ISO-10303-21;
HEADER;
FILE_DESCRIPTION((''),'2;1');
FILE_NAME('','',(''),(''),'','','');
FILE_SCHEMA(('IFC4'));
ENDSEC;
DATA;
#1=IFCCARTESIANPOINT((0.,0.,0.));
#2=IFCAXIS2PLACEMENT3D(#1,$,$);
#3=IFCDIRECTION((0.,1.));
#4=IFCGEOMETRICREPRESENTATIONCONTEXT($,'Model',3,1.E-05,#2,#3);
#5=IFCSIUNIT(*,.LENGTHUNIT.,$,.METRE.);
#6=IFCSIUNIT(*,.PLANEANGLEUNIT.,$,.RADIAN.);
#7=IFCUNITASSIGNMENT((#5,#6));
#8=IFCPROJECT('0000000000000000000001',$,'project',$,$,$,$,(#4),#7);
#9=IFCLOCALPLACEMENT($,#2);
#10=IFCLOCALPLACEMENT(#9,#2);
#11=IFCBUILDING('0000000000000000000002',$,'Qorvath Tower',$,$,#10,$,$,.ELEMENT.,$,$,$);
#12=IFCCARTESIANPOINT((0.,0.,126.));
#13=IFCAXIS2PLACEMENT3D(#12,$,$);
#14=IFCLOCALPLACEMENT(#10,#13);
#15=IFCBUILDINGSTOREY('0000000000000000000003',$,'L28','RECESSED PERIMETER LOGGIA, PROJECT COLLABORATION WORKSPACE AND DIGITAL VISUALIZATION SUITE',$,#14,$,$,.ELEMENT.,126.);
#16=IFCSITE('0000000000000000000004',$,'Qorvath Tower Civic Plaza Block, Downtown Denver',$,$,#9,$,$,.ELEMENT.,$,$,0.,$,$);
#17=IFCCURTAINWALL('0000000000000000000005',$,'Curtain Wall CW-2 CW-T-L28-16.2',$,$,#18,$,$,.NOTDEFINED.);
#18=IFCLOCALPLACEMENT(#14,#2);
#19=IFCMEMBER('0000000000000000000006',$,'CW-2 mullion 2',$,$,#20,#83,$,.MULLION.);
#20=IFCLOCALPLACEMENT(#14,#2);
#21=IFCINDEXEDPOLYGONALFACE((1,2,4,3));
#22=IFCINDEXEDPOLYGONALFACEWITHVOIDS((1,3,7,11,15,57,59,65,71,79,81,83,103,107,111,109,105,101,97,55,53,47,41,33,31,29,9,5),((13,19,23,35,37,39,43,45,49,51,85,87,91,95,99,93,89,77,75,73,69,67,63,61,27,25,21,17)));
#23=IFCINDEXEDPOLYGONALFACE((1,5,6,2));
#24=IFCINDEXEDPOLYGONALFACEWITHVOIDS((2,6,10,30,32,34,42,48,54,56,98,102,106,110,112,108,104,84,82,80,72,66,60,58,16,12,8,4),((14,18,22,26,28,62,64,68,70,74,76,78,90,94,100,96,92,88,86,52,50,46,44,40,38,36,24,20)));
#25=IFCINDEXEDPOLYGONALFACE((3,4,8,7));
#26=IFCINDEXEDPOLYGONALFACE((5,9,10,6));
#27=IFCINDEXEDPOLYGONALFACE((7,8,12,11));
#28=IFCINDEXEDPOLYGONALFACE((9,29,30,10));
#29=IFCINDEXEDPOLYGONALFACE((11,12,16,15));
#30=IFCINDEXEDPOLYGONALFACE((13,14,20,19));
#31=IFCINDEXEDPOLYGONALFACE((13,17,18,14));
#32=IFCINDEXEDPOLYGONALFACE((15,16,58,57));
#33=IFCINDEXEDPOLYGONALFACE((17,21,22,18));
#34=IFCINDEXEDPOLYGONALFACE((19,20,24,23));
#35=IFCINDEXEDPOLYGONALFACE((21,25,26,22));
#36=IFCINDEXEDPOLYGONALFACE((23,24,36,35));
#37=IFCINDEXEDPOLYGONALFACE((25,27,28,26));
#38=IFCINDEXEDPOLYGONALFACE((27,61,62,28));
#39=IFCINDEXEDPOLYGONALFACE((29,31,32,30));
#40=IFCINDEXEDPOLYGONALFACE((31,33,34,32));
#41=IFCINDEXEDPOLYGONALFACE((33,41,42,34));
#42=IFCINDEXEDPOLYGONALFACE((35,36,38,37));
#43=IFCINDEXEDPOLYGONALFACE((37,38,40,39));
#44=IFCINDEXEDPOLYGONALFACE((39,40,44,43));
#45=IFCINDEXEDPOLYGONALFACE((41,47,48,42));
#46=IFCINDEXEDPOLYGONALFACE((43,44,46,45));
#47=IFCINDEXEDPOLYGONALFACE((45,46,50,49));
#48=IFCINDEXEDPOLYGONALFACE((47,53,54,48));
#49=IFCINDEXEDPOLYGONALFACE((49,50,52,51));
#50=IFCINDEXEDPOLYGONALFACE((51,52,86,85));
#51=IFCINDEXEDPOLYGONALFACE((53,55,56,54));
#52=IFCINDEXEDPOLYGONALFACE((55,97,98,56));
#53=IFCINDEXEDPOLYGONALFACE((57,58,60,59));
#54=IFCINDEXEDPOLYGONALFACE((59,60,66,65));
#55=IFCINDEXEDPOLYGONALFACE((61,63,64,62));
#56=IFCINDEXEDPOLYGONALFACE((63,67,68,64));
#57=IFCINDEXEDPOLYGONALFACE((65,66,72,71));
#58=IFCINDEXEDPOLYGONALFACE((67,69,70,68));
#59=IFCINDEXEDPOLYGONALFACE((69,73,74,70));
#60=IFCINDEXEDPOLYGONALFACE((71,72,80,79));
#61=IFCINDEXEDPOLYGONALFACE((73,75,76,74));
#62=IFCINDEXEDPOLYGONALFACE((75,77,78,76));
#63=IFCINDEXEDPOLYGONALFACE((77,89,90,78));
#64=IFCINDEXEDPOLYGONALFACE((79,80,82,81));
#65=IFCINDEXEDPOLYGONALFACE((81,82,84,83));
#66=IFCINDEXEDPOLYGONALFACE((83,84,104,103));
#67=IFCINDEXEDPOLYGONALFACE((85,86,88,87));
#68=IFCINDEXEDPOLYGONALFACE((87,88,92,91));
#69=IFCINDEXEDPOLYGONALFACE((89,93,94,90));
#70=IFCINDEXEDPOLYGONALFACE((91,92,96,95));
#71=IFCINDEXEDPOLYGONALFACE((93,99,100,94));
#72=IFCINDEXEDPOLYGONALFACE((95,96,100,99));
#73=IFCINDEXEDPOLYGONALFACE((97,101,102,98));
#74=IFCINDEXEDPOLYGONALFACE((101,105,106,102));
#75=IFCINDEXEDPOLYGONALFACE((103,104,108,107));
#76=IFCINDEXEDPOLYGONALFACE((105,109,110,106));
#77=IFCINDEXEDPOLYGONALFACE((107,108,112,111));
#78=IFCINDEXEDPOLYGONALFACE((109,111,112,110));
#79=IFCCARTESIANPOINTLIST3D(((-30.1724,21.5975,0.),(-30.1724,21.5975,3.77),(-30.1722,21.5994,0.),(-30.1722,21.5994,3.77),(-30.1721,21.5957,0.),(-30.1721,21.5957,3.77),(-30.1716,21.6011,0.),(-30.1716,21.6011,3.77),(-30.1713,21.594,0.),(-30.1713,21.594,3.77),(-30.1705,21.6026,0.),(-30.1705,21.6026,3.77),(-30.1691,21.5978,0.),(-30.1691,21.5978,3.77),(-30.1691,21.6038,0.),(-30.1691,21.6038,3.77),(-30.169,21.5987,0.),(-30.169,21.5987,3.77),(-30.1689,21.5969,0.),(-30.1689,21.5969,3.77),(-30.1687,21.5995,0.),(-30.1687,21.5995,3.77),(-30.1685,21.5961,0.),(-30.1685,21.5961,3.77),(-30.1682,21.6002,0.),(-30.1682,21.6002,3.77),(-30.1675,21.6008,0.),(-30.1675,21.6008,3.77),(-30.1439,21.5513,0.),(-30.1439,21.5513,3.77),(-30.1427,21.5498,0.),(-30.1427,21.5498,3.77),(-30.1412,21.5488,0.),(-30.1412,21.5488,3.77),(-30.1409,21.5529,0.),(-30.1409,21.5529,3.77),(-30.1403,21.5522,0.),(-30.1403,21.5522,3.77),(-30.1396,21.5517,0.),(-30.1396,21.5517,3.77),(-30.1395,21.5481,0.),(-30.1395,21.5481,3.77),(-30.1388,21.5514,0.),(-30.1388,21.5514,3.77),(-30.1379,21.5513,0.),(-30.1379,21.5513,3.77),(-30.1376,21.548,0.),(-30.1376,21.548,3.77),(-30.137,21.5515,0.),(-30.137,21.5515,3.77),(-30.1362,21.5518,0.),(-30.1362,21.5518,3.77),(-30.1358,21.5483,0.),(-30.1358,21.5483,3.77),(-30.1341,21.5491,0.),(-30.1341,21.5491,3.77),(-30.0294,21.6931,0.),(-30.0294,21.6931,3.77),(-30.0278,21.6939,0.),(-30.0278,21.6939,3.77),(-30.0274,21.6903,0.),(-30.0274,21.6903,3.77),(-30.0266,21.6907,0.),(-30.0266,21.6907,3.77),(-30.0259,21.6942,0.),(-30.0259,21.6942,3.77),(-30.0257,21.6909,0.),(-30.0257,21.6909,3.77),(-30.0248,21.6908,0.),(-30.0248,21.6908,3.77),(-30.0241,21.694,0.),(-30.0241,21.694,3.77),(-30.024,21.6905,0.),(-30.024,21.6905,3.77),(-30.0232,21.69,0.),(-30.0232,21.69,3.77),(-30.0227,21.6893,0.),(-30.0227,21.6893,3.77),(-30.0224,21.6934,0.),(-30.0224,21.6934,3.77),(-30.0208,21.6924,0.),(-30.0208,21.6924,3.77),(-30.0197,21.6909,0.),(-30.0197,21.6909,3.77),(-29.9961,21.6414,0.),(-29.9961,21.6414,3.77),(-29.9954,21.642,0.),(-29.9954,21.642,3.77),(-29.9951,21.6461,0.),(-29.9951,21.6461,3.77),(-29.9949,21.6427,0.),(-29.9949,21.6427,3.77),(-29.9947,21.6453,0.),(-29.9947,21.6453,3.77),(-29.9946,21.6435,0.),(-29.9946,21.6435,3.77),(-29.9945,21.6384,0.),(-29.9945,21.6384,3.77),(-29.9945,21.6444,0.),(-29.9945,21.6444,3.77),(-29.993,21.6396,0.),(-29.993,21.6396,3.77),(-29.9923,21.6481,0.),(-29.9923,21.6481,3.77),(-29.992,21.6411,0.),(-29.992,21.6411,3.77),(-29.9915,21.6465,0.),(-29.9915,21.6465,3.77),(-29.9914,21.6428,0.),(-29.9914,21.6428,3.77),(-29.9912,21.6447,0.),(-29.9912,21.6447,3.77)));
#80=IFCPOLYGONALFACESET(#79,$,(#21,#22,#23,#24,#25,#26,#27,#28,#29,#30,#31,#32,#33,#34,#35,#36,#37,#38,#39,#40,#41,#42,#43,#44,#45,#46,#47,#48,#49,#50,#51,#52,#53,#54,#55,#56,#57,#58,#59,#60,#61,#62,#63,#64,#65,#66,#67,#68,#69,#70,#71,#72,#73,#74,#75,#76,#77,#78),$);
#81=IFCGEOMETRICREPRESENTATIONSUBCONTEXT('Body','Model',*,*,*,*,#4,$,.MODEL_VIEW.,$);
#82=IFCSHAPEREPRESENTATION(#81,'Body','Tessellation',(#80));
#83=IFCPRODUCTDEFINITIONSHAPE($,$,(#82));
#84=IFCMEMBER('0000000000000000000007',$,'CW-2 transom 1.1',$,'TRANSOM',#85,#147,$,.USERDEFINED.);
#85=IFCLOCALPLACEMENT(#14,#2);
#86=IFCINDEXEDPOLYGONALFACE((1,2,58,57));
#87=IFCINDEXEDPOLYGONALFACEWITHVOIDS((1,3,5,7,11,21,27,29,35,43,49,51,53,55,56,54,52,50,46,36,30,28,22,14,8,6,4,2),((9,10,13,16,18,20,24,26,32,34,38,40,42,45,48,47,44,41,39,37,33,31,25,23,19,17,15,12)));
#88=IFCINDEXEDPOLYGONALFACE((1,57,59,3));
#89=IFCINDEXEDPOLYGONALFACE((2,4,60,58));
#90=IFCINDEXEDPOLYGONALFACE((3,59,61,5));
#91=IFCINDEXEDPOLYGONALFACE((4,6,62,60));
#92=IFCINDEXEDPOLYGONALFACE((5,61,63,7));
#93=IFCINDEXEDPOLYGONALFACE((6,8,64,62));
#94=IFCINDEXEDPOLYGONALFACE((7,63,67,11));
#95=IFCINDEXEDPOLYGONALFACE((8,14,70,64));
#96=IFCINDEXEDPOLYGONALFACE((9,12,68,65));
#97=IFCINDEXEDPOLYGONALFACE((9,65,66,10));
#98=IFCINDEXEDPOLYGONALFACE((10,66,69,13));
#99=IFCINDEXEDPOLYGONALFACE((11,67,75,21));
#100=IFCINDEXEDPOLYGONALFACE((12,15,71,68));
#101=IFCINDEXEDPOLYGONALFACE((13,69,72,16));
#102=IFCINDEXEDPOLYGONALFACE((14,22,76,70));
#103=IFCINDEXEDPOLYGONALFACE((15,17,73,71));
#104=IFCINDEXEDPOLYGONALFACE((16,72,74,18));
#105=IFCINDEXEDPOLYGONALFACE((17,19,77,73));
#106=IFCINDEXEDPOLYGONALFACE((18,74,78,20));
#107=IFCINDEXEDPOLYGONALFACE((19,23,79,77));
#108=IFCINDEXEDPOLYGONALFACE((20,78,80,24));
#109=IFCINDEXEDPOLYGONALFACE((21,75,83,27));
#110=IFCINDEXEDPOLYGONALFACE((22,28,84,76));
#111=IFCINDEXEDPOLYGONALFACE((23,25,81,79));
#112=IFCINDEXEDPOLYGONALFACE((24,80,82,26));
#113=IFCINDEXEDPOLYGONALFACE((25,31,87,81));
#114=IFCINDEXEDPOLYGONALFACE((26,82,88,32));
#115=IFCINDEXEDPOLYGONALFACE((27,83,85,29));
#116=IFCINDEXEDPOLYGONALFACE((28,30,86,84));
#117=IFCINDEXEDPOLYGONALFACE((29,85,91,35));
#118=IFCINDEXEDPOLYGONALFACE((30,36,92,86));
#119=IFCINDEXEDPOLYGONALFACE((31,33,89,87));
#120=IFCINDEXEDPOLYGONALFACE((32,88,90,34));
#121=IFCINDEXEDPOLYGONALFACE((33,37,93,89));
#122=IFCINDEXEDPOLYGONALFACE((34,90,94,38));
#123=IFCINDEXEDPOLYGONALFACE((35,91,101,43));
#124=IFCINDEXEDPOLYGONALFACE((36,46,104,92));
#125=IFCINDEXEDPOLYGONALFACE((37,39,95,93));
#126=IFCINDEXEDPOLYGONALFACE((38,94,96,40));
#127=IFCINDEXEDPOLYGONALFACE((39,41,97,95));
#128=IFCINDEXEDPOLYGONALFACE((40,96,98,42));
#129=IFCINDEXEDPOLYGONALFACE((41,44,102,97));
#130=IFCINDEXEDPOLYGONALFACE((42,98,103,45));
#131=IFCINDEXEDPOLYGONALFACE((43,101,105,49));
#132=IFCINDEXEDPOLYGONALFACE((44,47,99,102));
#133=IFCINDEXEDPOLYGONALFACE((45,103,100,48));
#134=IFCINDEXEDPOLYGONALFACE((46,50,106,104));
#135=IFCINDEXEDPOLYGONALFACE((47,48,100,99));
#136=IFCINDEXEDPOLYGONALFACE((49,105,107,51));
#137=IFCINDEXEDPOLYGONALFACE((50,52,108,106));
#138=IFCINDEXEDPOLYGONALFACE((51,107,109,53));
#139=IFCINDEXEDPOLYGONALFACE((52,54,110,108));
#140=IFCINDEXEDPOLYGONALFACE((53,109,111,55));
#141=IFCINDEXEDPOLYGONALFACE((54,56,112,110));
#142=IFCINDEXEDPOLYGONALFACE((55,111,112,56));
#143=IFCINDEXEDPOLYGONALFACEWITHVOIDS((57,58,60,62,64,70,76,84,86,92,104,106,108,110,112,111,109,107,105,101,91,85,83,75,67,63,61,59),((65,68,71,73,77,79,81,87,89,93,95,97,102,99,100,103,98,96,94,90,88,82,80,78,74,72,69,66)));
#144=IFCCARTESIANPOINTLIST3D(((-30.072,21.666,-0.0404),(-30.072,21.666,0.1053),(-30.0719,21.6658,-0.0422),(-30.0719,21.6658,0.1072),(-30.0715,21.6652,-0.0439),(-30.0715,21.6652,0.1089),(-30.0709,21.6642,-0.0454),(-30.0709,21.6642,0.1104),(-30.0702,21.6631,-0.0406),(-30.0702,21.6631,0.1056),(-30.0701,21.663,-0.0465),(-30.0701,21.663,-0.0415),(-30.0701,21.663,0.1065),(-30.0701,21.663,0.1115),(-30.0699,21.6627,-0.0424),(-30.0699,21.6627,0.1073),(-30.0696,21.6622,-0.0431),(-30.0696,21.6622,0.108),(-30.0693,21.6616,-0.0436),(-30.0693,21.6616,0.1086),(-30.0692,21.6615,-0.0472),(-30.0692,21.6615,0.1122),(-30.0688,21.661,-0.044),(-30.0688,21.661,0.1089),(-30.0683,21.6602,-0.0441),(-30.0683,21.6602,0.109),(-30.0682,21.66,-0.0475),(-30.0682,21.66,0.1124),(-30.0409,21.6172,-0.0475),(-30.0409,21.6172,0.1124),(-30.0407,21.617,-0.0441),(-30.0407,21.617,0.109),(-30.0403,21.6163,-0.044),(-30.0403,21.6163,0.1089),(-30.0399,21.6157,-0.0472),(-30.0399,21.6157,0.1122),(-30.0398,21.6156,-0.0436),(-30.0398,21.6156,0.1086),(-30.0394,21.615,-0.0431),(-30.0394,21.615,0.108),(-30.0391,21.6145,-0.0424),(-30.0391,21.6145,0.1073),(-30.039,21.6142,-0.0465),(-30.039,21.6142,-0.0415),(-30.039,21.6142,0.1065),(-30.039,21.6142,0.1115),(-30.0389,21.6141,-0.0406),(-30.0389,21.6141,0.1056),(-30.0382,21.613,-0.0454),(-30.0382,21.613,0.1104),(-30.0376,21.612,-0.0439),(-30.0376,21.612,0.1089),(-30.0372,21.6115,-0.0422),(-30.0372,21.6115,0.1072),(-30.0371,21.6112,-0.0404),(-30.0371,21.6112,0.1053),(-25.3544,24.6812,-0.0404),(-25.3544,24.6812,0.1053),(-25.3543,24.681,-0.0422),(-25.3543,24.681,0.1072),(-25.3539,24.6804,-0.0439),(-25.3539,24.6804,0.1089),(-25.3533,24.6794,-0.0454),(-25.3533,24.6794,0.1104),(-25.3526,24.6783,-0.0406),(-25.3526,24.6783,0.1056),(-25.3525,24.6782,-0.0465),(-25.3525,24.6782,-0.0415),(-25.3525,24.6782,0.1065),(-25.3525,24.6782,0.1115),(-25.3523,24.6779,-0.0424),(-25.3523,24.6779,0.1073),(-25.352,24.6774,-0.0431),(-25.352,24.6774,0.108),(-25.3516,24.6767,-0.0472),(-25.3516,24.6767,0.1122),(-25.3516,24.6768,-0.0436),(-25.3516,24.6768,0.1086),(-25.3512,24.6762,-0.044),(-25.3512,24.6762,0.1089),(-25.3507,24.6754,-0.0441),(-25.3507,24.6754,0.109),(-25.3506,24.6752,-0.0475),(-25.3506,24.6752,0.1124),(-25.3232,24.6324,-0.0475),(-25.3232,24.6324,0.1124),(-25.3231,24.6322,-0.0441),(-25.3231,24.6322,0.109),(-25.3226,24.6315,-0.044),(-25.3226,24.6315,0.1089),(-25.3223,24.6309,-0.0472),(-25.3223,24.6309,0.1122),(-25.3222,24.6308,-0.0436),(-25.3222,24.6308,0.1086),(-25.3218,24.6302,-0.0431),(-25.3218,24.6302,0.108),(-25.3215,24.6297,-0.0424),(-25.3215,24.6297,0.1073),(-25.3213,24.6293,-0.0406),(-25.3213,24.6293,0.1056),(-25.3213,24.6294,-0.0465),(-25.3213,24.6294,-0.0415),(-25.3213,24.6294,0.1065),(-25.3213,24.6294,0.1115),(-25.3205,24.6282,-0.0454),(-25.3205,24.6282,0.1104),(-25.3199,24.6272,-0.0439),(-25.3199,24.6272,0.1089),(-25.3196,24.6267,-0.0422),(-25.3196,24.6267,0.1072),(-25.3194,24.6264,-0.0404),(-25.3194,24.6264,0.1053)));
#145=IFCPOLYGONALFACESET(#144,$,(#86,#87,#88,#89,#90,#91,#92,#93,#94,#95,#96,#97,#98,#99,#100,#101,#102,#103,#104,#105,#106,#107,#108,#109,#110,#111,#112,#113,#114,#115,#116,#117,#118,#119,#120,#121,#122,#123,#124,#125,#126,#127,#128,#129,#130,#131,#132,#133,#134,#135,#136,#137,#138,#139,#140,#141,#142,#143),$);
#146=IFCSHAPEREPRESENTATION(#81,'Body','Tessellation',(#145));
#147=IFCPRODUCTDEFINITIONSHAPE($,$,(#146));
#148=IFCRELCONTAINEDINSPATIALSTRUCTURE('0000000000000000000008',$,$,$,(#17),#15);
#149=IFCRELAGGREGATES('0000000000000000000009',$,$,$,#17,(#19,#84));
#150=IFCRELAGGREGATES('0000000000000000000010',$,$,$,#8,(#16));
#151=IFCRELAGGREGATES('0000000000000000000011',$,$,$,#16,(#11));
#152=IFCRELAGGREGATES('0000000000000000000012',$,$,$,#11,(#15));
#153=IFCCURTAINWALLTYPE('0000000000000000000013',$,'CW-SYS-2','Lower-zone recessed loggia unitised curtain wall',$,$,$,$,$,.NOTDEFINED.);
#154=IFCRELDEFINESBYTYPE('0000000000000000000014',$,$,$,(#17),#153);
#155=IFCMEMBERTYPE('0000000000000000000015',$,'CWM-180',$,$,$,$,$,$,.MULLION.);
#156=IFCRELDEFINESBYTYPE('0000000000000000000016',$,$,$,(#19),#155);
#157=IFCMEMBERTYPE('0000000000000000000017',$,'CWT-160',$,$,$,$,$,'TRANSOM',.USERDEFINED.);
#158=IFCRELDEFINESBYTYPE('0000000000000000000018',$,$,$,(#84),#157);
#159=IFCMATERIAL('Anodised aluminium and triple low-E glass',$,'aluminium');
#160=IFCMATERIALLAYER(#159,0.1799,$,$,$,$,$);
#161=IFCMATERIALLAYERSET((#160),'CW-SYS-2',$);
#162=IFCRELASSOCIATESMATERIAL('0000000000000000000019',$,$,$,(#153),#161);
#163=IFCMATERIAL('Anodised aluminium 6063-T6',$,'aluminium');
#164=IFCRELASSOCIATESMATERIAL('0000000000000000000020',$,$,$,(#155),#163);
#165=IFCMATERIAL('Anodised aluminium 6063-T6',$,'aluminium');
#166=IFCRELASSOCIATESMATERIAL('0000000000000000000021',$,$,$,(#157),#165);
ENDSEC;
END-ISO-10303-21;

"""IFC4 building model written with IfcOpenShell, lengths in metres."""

from ifc_helpers import new_model, si_unit, direction, frame, origin, origin_2d, place, context, subcontext, project, spatial, hollow_rectangle, extrude, material, layer, layer_set, material_profile, profile_set, type_object, element, aggregate, save


model = new_model("IFC4")

# Units and contexts
model_context = context("Model", 3, precision=1e-05, world=origin(), true_north=direction((0.0, 1.0)))
body_context = subcontext(model_context, "Body", "Model", "MODEL_VIEW")
ifc_project = project(units=[si_unit("LENGTHUNIT", "METRE"), si_unit("PLANEANGLEUNIT", "RADIAN")], contexts=[model_context])

# Site, building, storey
site_placement = place(None, origin())
site = spatial("IfcSite", under=ifc_project, at=site_placement, Name="Qorvath Tower Civic Plaza Block, Downtown Denver", CompositionType="ELEMENT", RefElevation=0.0)
building_placement = place(site_placement, origin())
building = spatial("IfcBuilding", under=site, at=building_placement, Name="Qorvath Tower", CompositionType="ELEMENT")
storey_placement = place(building_placement, frame((0.0, 0.0, 126.0)))
storey = spatial("IfcBuildingStorey", under=building, at=storey_placement, Name="L28", Description="RECESSED PERIMETER LOGGIA, PROJECT COLLABORATION WORKSPACE AND DIGITAL VISUALIZATION SUITE", CompositionType="ELEMENT", Elevation=126.0)

# Shared definitions
ifc_material_1 = material(Name="Anodised aluminium and triple low-E glass", Category="aluminium")
ifc_layer_1 = layer(ifc_material_1, 0.1799)
ifc_layer_set_1 = layer_set([ifc_layer_1], Name="CW-SYS-2")
curtain_wall_type = type_object("IfcCurtainWallType", Name="CW-SYS-2", Description="Lower-zone recessed loggia unitised curtain wall", PredefinedType="NOTDEFINED", material=ifc_layer_set_1)
ifc_material_2 = material(Name="Anodised aluminium 6063-T6", Category="aluminium")
ifc_material_profile_1 = material_profile(ifc_material_2, hollow_rectangle(XDim=0.0649, YDim=0.1799, WallThickness=0.0034, InnerFilletRadius=0.0034, OuterFilletRadius=0.0071, at=origin_2d()), Name="CWM 180x65")
ifc_profile_set_1 = profile_set([ifc_material_profile_1], Name="Anodised aluminium 6063-T6")
member_type_1 = type_object("IfcMemberType", Name="CWM-180", PredefinedType="MULLION", material=ifc_profile_set_1)

# Curtain wall, members
curtain_wall_1_placement = place(storey_placement, origin())
curtain_wall_1 = element("IfcCurtainWall", 1, at=curtain_wall_1_placement, inside=storey, type_object=curtain_wall_type, Name="Curtain Wall CW-2 CW-T-L28-16.2", PredefinedType="NOTDEFINED")
member_1_placement = place(storey_placement, frame((-30.0818, 21.6211, 0.0), z_axis=(0.0, 0.0, 1.0), x_axis=(0.53853, -0.842607, 0.0)))
member_1 = element("IfcMember", 2, at=member_1_placement, type_object=member_type_1, Name="CW-2 mullion 2", PredefinedType="MULLION", context=body_context, shape_type="SweptSolid", body=[
    extrude(hollow_rectangle(XDim=0.0649, YDim=0.1799, WallThickness=0.0034, InnerFilletRadius=0.0034, OuterFilletRadius=0.0071, at=origin_2d()), origin(), (0.0, 0.0, 1.0), 3.77),
])
ifc_material_3 = material(Name="Anodised aluminium 6063-T6", Category="aluminium")
ifc_material_profile_2 = material_profile(ifc_material_3, hollow_rectangle(XDim=0.0649, YDim=0.1599, WallThickness=0.0034, InnerFilletRadius=0.0034, OuterFilletRadius=0.0071, at=origin_2d()), Name="CWT 160x65")
ifc_profile_set_2 = profile_set([ifc_material_profile_2], Name="Anodised aluminium 6063-T6")
member_type_2 = type_object("IfcMemberType", Name="CWT-160", ElementType="TRANSOM", PredefinedType="USERDEFINED", material=ifc_profile_set_2)
member_2_placement = place(storey_placement, frame((-25.3369, 24.6538, 0.0325), z_axis=(-0.842602, -0.538536, 0.0), x_axis=(0.538536, -0.842602, 0.0)))
member_2 = element("IfcMember", 3, at=member_2_placement, type_object=member_type_2, Name="CW-2 transom 1.1", ObjectType="TRANSOM", PredefinedType="USERDEFINED", context=body_context, shape_type="SweptSolid", body=[
    extrude(hollow_rectangle(XDim=0.0649, YDim=0.1599, WallThickness=0.0034, InnerFilletRadius=0.0034, OuterFilletRadius=0.0071, at=origin_2d()), origin(), (0.0, 0.0, 1.0), 5.5989),
])

aggregate(curtain_wall_1, [member_1, member_2])

save(model, "model.ifc")
